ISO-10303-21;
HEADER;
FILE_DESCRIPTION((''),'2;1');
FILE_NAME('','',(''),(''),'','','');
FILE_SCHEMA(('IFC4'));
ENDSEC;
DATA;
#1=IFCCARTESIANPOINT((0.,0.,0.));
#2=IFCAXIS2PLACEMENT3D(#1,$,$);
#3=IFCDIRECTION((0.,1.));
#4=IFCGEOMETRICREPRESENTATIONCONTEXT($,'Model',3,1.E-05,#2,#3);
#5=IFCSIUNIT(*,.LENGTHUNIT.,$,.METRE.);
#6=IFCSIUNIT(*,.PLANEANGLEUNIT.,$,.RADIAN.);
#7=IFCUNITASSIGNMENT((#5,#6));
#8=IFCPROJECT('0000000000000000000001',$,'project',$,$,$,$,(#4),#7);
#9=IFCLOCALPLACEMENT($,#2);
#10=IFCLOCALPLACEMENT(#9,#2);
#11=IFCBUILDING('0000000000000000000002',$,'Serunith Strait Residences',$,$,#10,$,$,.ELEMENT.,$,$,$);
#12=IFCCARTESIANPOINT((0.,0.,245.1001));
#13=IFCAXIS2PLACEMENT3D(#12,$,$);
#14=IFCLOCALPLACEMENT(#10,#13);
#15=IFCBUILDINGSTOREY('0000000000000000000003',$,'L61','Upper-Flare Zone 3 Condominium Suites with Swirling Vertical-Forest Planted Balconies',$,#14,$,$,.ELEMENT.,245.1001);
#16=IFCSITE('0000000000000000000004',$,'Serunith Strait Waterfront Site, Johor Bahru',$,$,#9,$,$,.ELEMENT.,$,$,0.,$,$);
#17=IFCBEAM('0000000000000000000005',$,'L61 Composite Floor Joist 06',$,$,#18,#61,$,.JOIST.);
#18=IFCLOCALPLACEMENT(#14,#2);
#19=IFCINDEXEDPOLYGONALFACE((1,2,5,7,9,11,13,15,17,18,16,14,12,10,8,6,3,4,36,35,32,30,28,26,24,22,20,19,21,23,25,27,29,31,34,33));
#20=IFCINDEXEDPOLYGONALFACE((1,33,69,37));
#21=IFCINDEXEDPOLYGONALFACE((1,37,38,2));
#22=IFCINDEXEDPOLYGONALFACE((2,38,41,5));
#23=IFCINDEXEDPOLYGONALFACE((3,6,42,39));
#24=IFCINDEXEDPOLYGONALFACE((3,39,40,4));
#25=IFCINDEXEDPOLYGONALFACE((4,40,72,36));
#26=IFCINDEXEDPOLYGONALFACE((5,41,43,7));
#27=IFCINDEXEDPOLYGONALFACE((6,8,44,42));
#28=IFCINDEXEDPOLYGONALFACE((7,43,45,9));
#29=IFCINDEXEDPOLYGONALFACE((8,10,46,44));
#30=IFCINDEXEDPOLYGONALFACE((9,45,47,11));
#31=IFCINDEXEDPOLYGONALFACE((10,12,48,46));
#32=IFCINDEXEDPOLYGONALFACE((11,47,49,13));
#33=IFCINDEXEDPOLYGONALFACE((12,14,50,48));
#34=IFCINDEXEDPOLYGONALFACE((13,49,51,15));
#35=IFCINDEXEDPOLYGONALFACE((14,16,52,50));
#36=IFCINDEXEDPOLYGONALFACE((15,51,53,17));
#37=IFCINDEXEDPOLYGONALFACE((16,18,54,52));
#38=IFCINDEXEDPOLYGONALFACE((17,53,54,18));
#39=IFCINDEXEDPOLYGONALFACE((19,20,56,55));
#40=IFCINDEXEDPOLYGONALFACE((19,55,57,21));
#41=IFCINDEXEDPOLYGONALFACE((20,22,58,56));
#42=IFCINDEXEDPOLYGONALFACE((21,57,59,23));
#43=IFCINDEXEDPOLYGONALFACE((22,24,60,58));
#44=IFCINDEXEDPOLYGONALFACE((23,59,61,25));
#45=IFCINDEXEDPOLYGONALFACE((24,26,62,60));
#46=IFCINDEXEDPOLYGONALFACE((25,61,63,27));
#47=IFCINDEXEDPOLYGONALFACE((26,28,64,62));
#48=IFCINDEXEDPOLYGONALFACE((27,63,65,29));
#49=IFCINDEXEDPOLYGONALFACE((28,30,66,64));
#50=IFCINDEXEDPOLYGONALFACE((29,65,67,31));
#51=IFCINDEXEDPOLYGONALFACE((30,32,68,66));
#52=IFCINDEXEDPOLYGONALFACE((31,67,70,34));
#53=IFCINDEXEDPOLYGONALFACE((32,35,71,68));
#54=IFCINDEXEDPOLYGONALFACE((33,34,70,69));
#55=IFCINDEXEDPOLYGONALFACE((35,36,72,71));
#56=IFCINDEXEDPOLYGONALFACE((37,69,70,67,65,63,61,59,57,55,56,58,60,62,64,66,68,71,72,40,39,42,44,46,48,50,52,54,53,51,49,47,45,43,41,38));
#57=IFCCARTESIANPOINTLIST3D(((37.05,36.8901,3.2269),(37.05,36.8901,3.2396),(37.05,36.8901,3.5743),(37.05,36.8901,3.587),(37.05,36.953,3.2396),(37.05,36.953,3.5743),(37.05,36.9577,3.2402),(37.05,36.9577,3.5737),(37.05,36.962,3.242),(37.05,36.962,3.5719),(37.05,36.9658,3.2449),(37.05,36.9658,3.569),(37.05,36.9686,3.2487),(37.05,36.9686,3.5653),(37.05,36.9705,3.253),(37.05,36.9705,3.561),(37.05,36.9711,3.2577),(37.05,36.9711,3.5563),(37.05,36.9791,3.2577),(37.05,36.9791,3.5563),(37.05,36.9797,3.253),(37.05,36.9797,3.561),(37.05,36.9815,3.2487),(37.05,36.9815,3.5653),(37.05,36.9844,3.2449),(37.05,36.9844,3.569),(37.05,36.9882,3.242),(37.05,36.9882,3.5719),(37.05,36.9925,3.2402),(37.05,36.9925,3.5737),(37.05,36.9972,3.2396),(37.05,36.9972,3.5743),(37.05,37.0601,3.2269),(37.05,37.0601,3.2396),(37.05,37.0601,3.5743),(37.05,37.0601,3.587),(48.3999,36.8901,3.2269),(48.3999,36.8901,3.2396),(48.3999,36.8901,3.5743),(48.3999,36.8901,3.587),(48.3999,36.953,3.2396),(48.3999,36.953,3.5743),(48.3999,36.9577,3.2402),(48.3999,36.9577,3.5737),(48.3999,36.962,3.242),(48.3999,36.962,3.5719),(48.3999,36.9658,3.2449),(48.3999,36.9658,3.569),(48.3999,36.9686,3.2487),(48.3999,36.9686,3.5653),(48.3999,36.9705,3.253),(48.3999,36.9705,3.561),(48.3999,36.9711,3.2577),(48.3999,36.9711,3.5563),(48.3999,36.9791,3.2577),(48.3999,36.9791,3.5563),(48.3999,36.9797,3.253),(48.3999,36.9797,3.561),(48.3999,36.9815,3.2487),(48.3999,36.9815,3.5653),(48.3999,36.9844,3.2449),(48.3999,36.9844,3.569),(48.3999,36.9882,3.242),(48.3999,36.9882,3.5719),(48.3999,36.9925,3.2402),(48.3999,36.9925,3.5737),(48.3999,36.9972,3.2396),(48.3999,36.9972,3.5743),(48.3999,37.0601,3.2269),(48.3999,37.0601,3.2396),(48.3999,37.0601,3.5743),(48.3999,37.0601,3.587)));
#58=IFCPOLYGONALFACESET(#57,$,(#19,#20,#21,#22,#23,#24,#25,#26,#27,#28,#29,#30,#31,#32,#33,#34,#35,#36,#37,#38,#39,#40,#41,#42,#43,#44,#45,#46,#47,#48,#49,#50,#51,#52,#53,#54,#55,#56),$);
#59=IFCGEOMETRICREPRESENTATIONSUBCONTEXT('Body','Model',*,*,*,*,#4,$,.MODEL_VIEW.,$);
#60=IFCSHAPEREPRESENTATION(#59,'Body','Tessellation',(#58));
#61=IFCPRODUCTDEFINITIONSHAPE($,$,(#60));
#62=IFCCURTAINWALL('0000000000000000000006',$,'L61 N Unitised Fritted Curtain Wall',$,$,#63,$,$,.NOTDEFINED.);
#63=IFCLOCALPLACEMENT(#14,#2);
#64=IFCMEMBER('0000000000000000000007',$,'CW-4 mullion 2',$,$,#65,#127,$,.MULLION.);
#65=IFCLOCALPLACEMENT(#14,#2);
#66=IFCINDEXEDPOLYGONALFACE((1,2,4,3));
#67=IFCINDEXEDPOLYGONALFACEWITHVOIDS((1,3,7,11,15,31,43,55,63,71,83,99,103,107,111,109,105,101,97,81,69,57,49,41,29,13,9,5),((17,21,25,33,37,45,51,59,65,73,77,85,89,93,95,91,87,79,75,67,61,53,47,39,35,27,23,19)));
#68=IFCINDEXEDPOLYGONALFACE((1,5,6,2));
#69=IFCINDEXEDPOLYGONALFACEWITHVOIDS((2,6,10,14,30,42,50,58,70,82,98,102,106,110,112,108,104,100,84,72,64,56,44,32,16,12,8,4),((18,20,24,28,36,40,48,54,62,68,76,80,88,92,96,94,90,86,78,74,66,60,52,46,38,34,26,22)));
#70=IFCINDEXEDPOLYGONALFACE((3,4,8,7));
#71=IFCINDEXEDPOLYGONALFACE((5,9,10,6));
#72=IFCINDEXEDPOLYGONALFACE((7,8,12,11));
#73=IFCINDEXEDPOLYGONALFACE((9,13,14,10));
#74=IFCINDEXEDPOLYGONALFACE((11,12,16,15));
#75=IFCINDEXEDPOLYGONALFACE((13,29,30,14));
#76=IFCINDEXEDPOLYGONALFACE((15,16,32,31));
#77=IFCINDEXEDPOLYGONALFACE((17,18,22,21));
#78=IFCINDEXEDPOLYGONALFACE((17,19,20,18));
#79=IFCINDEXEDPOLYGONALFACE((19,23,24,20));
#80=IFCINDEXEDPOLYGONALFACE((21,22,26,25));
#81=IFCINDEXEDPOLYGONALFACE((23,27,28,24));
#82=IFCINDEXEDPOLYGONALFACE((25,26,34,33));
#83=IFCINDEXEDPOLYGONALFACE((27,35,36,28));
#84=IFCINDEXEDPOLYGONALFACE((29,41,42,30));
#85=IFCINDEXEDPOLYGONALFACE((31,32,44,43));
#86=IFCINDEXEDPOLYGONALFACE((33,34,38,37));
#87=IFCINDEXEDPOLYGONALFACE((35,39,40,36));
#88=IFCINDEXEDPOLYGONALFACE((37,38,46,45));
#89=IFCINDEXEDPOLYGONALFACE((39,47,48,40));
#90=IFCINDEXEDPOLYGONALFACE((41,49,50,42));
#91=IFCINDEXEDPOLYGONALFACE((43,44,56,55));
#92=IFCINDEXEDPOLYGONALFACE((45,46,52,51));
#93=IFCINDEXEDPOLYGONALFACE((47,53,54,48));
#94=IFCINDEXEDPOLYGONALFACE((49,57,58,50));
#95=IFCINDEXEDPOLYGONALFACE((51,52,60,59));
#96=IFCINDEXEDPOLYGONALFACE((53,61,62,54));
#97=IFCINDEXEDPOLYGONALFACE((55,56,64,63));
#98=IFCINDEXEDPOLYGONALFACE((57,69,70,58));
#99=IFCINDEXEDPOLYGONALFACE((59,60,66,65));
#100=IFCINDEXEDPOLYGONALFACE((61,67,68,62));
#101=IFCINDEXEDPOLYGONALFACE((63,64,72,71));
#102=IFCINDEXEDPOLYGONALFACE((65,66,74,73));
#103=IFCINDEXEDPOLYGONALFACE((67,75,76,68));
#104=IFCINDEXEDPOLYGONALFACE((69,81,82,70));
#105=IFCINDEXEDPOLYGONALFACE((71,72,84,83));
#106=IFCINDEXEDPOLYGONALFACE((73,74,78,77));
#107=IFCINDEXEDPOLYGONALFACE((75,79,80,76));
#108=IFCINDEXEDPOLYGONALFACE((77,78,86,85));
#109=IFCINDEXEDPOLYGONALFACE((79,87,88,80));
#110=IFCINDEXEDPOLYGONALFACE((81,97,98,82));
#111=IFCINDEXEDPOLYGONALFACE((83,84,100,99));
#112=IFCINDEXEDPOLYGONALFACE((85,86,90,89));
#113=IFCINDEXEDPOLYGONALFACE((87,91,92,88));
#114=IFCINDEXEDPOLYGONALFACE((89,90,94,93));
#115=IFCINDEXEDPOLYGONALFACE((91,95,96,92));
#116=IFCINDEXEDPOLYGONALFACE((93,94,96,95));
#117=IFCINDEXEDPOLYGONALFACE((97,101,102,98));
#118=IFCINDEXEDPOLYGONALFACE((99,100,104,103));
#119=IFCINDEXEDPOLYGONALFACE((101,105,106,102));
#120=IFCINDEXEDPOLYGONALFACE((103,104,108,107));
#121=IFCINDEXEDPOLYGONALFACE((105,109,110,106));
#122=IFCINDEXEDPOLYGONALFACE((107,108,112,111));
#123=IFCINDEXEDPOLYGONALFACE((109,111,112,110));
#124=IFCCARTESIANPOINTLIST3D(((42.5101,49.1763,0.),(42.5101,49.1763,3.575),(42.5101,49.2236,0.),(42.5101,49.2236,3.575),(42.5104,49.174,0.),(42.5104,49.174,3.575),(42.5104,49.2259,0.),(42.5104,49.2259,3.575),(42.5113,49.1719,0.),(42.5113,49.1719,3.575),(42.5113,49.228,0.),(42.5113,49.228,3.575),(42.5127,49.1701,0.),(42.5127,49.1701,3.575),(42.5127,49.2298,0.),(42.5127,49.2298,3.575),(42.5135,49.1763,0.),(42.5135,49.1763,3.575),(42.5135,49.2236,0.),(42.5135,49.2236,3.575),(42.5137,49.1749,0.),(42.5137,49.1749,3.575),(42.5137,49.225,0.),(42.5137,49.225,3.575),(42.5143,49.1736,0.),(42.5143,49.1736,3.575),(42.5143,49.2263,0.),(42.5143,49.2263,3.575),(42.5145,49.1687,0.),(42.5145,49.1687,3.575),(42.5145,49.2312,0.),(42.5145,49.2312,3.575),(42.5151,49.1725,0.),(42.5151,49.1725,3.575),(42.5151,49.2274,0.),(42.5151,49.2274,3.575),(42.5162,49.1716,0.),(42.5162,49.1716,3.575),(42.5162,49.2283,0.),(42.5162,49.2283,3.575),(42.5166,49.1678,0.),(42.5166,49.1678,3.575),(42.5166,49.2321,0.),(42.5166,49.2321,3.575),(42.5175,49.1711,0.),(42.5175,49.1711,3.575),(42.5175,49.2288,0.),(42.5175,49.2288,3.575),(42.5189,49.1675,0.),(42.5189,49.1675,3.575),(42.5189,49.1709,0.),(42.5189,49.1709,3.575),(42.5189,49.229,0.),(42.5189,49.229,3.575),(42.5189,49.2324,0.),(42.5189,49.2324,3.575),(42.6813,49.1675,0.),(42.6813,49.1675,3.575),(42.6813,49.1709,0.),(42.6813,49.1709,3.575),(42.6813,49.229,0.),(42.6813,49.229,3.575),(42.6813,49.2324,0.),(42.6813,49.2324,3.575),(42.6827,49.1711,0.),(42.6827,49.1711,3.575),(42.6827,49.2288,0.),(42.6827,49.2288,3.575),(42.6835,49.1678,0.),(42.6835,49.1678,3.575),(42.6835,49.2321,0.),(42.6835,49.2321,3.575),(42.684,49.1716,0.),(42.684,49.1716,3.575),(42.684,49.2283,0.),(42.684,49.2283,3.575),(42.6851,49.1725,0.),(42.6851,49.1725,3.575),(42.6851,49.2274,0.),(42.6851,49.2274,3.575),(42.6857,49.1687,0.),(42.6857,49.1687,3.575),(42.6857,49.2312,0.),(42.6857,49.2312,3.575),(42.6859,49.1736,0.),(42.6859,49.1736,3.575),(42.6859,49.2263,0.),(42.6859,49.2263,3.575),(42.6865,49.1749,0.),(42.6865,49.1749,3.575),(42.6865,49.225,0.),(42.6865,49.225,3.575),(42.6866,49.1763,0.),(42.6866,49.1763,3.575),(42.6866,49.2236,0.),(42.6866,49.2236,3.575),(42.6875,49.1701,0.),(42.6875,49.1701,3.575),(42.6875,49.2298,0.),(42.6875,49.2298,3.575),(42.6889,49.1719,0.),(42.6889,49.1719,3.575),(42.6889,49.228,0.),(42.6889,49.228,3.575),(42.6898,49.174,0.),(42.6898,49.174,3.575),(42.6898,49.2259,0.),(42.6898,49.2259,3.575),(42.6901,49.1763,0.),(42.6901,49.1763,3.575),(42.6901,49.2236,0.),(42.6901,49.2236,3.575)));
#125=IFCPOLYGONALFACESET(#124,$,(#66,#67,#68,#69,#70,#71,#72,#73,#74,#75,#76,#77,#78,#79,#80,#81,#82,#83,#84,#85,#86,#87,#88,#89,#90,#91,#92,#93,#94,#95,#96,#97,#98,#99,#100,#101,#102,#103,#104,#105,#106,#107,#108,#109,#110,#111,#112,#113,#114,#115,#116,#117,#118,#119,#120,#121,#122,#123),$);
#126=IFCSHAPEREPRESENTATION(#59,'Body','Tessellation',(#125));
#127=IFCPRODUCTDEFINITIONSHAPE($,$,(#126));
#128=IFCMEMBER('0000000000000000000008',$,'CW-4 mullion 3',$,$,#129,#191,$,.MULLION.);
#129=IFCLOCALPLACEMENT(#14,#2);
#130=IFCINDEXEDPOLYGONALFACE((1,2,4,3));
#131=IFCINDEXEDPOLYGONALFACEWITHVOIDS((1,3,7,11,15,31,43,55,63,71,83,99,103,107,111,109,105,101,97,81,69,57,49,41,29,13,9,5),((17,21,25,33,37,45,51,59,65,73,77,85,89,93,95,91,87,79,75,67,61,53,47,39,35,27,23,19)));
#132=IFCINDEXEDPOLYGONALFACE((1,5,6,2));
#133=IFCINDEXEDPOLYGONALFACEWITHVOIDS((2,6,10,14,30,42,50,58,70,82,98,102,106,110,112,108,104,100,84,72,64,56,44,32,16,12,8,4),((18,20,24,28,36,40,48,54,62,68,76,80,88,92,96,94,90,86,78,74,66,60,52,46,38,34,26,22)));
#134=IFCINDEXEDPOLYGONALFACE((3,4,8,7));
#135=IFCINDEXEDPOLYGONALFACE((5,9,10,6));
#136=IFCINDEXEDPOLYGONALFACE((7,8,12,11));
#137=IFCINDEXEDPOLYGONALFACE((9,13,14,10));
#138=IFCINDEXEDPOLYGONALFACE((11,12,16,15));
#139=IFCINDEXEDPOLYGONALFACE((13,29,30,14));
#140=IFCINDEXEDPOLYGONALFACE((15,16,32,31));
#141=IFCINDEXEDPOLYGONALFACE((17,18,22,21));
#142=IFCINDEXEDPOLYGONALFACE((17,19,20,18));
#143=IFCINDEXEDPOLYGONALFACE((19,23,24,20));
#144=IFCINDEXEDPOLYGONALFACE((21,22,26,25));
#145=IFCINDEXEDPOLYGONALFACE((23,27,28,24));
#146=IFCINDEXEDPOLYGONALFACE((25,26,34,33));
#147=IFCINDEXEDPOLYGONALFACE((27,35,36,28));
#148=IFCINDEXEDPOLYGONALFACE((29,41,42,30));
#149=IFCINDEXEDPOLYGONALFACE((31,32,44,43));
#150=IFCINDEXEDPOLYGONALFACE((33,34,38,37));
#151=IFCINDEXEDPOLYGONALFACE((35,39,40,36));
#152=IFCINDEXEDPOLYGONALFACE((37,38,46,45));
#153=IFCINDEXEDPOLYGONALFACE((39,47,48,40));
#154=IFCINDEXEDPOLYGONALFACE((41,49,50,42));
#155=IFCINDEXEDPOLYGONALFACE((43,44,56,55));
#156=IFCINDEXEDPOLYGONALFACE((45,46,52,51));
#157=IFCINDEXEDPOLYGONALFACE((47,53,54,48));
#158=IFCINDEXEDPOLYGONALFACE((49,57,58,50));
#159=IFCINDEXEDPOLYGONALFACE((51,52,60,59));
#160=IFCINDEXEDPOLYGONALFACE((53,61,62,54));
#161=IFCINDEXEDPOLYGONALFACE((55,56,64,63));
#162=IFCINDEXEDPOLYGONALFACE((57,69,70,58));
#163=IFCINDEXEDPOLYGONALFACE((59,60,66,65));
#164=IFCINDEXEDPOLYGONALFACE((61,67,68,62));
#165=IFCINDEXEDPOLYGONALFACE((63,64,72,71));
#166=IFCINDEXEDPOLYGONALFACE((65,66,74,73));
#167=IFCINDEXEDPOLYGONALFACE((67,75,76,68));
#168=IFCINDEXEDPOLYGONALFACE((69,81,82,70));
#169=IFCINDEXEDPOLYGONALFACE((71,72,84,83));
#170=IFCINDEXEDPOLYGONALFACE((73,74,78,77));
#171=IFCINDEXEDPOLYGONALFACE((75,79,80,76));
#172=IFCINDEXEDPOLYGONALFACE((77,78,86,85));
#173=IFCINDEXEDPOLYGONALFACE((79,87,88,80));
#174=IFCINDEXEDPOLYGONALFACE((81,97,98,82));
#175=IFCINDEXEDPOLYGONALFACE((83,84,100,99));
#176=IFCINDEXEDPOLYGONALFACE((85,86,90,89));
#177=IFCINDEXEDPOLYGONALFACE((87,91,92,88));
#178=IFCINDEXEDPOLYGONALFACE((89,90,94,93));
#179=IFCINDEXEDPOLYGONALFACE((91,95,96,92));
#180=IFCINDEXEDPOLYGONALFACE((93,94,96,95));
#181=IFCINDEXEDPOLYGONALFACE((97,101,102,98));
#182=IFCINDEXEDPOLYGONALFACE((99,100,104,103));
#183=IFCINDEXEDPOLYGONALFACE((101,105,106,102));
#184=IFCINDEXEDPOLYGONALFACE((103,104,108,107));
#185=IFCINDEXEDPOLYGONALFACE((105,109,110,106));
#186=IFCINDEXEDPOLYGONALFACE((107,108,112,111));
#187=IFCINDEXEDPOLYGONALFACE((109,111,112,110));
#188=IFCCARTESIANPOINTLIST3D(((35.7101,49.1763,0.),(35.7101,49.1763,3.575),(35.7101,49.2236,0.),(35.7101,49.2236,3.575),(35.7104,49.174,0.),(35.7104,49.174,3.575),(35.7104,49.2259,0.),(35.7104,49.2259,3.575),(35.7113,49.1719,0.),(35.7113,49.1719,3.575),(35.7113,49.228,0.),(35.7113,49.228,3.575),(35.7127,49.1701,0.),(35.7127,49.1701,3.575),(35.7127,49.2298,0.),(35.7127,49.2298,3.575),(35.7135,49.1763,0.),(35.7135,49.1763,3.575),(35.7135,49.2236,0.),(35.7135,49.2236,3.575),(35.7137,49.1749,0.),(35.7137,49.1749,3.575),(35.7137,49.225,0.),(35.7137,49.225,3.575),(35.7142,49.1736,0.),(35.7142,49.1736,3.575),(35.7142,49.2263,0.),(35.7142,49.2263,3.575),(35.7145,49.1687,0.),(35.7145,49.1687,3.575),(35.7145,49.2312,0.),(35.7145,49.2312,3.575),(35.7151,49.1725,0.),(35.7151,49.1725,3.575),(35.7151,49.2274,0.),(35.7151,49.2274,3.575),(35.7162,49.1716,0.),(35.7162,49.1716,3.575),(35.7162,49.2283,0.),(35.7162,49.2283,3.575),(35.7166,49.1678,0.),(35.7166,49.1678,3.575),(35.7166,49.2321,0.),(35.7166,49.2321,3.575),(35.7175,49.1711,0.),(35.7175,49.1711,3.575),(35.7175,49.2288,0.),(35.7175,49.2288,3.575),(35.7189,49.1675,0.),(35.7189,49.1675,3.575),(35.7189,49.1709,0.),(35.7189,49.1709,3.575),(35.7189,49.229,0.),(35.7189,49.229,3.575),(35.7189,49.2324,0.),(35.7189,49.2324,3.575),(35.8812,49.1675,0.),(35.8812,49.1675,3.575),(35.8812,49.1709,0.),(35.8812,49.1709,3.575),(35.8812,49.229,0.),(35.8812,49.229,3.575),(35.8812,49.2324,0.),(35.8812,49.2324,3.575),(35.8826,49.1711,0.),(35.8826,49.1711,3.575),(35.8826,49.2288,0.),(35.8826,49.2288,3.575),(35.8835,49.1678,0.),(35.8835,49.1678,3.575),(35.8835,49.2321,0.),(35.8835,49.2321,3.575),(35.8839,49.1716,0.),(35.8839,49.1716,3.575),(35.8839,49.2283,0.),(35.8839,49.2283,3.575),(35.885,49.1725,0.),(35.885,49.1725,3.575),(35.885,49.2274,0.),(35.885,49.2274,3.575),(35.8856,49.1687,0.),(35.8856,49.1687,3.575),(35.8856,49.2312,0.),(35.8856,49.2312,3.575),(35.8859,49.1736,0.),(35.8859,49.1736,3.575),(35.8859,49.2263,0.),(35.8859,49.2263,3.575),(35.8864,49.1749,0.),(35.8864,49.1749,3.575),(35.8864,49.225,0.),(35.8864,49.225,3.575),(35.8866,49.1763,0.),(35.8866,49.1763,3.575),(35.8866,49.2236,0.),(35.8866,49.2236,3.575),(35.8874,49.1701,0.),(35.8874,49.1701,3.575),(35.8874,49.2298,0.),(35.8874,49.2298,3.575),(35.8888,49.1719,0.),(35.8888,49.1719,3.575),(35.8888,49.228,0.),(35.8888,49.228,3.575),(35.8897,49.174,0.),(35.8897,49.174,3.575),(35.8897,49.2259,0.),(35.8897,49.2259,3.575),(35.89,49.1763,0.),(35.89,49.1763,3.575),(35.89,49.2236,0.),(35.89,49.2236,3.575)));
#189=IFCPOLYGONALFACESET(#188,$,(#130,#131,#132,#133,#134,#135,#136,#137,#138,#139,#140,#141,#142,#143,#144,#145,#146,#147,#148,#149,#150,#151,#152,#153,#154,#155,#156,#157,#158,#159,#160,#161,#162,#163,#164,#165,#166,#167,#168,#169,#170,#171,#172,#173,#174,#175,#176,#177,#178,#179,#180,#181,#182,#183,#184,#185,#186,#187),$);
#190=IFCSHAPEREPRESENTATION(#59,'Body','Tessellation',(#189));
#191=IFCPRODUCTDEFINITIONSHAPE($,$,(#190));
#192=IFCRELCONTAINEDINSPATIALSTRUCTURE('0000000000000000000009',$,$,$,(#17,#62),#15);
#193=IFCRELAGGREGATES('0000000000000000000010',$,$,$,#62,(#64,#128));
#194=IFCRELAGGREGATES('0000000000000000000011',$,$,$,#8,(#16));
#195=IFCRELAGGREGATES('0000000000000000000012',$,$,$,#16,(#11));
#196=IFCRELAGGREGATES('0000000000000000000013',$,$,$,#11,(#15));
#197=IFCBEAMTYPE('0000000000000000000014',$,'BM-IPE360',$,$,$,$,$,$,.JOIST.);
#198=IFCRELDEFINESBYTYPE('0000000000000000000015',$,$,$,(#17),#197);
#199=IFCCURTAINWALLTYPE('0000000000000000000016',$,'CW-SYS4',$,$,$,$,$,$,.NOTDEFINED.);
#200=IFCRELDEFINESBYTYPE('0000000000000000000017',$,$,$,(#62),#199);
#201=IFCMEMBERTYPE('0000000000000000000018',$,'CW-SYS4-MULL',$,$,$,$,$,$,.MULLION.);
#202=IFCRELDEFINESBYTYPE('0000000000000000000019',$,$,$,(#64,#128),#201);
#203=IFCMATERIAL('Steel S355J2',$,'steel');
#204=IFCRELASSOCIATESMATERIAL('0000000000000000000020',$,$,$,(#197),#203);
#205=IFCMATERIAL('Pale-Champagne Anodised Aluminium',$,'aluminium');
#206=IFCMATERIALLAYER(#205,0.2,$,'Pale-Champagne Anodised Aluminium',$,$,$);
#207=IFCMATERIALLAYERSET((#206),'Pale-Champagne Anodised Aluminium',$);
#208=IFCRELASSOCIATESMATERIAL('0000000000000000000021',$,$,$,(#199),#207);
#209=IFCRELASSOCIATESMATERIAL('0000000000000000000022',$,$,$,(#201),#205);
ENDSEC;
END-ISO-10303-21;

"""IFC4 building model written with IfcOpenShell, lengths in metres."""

from ifc_helpers import new_model, si_unit, direction, frame, origin, origin_2d, place, context, subcontext, project, spatial, hollow_rectangle, i_section, extrude, source, transform, mapped, material, layer, layer_set, material_profile, profile_set, type_object, element, aggregate, save


model = new_model("IFC4")

# Units and contexts
model_context = context("Model", 3, precision=1e-05, world=origin(), true_north=direction((0.0, 1.0)))
body_context = subcontext(model_context, "Body", "Model", "MODEL_VIEW")
ifc_project = project(units=[si_unit("LENGTHUNIT", "METRE"), si_unit("PLANEANGLEUNIT", "RADIAN")], contexts=[model_context])

# Site, building, storey
site_placement = place(None, origin())
site = spatial("IfcSite", under=ifc_project, at=site_placement, Name="Serunith Strait Waterfront Site, Johor Bahru", CompositionType="ELEMENT", RefElevation=0.0)
building_placement = place(site_placement, origin())
building = spatial("IfcBuilding", under=site, at=building_placement, Name="Serunith Strait Residences", CompositionType="ELEMENT")
storey_placement = place(building_placement, frame((0.0, 0.0, 245.1001)))
storey = spatial("IfcBuildingStorey", under=building, at=storey_placement, Name="L61", Description="Upper-Flare Zone 3 Condominium Suites with Swirling Vertical-Forest Planted Balconies", CompositionType="ELEMENT", Elevation=245.1001)

# Beam
ifc_material_1 = material(Name="Steel S355J2", Category="steel")
ifc_material_profile_1 = material_profile(ifc_material_1, i_section(OverallWidth=0.1699, OverallDepth=0.3601, WebThickness=0.0081, FlangeThickness=0.0127, FilletRadius=0.0181, at=origin_2d()), Name="IPE 360")
ifc_profile_set_1 = profile_set([ifc_material_profile_1], Name="Steel S355J2")
beam_type_1 = type_object("IfcBeamType", Name="BM-IPE360", PredefinedType="JOIST", material=ifc_profile_set_1)
shared_shape_1 = source(origin(), body_context, "Body", "SweptSolid", [
    extrude(i_section(OverallWidth=0.1699, OverallDepth=0.3601, WebThickness=0.0081, FlangeThickness=0.0127, FilletRadius=0.0181, at=origin_2d()), origin(), (0.0, 0.0, 1.0), 11.3499),
])
beam_1_placement = place(storey_placement, frame((37.05, 36.9751, 3.407), z_axis=(1.0, 0.0, 0.0), x_axis=(0.0, 1.0, 0.0)))
element("IfcBeam", 1, at=beam_1_placement, inside=storey, type_object=beam_type_1, Name="L61 Composite Floor Joist 06", PredefinedType="JOIST", context=body_context, shape_type="MappedRepresentation", body=[
    mapped(shared_shape_1, transform((0.0, 0.0, 0.0), scale=1.0)),
])

# Curtain wall, members
ifc_material_2 = material(Name="Pale-Champagne Anodised Aluminium", Category="aluminium")
ifc_layer_1 = layer(ifc_material_2, 0.2, Name="Pale-Champagne Anodised Aluminium")
ifc_layer_set_1 = layer_set([ifc_layer_1], Name="Pale-Champagne Anodised Aluminium")
curtain_wall_type = type_object("IfcCurtainWallType", Name="CW-SYS4", PredefinedType="NOTDEFINED", material=ifc_layer_set_1)
curtain_wall_placement = place(storey_placement, origin())
curtain_wall = element("IfcCurtainWall", 2, at=curtain_wall_placement, inside=storey, type_object=curtain_wall_type, Name="L61 N Unitised Fritted Curtain Wall", PredefinedType="NOTDEFINED")
ifc_material_profile_2 = material_profile(ifc_material_2, hollow_rectangle(XDim=0.0649, YDim=0.1799, WallThickness=0.0034, InnerFilletRadius=0.0054, OuterFilletRadius=0.0088, at=origin_2d()), Name="ALU 180x65x3.5")
ifc_profile_set_2 = profile_set([ifc_material_profile_2], Name="Pale-Champagne Anodised Aluminium")
member_type_1 = type_object("IfcMemberType", Name="CW-SYS4-MULL", PredefinedType="MULLION", material=ifc_profile_set_2)
shared_shape_2 = source(origin(), body_context, "Body", "SweptSolid", [
    extrude(hollow_rectangle(XDim=0.0649, YDim=0.1799, WallThickness=0.0034, InnerFilletRadius=0.0054, OuterFilletRadius=0.0088, at=origin_2d()), origin(), (0.0, 0.0, 1.0), 3.575),
])
member_1_placement = place(storey_placement, frame((42.6001, 49.2, 0.0), z_axis=(0.0, 0.0, 1.0), x_axis=(0.0, -1.0, 0.0)))
member_1 = element("IfcMember", 3, at=member_1_placement, type_object=member_type_1, Name="CW-4 mullion 2", PredefinedType="MULLION", context=body_context, shape_type="MappedRepresentation", body=[
    mapped(shared_shape_2, transform((0.0, 0.0, 0.0), scale=1.0)),
])
member_2_placement = place(storey_placement, frame((35.8, 49.2, 0.0), z_axis=(0.0, 0.0, 1.0), x_axis=(0.0, -1.0, 0.0)))
member_2 = element("IfcMember", 4, at=member_2_placement, type_object=member_type_1, Name="CW-4 mullion 3", PredefinedType="MULLION", context=body_context, shape_type="MappedRepresentation", body=[
    mapped(shared_shape_2, transform((0.0, 0.0, 0.0), scale=1.0)),
])
aggregate(curtain_wall, [member_1, member_2])

save(model, "model.ifc")
